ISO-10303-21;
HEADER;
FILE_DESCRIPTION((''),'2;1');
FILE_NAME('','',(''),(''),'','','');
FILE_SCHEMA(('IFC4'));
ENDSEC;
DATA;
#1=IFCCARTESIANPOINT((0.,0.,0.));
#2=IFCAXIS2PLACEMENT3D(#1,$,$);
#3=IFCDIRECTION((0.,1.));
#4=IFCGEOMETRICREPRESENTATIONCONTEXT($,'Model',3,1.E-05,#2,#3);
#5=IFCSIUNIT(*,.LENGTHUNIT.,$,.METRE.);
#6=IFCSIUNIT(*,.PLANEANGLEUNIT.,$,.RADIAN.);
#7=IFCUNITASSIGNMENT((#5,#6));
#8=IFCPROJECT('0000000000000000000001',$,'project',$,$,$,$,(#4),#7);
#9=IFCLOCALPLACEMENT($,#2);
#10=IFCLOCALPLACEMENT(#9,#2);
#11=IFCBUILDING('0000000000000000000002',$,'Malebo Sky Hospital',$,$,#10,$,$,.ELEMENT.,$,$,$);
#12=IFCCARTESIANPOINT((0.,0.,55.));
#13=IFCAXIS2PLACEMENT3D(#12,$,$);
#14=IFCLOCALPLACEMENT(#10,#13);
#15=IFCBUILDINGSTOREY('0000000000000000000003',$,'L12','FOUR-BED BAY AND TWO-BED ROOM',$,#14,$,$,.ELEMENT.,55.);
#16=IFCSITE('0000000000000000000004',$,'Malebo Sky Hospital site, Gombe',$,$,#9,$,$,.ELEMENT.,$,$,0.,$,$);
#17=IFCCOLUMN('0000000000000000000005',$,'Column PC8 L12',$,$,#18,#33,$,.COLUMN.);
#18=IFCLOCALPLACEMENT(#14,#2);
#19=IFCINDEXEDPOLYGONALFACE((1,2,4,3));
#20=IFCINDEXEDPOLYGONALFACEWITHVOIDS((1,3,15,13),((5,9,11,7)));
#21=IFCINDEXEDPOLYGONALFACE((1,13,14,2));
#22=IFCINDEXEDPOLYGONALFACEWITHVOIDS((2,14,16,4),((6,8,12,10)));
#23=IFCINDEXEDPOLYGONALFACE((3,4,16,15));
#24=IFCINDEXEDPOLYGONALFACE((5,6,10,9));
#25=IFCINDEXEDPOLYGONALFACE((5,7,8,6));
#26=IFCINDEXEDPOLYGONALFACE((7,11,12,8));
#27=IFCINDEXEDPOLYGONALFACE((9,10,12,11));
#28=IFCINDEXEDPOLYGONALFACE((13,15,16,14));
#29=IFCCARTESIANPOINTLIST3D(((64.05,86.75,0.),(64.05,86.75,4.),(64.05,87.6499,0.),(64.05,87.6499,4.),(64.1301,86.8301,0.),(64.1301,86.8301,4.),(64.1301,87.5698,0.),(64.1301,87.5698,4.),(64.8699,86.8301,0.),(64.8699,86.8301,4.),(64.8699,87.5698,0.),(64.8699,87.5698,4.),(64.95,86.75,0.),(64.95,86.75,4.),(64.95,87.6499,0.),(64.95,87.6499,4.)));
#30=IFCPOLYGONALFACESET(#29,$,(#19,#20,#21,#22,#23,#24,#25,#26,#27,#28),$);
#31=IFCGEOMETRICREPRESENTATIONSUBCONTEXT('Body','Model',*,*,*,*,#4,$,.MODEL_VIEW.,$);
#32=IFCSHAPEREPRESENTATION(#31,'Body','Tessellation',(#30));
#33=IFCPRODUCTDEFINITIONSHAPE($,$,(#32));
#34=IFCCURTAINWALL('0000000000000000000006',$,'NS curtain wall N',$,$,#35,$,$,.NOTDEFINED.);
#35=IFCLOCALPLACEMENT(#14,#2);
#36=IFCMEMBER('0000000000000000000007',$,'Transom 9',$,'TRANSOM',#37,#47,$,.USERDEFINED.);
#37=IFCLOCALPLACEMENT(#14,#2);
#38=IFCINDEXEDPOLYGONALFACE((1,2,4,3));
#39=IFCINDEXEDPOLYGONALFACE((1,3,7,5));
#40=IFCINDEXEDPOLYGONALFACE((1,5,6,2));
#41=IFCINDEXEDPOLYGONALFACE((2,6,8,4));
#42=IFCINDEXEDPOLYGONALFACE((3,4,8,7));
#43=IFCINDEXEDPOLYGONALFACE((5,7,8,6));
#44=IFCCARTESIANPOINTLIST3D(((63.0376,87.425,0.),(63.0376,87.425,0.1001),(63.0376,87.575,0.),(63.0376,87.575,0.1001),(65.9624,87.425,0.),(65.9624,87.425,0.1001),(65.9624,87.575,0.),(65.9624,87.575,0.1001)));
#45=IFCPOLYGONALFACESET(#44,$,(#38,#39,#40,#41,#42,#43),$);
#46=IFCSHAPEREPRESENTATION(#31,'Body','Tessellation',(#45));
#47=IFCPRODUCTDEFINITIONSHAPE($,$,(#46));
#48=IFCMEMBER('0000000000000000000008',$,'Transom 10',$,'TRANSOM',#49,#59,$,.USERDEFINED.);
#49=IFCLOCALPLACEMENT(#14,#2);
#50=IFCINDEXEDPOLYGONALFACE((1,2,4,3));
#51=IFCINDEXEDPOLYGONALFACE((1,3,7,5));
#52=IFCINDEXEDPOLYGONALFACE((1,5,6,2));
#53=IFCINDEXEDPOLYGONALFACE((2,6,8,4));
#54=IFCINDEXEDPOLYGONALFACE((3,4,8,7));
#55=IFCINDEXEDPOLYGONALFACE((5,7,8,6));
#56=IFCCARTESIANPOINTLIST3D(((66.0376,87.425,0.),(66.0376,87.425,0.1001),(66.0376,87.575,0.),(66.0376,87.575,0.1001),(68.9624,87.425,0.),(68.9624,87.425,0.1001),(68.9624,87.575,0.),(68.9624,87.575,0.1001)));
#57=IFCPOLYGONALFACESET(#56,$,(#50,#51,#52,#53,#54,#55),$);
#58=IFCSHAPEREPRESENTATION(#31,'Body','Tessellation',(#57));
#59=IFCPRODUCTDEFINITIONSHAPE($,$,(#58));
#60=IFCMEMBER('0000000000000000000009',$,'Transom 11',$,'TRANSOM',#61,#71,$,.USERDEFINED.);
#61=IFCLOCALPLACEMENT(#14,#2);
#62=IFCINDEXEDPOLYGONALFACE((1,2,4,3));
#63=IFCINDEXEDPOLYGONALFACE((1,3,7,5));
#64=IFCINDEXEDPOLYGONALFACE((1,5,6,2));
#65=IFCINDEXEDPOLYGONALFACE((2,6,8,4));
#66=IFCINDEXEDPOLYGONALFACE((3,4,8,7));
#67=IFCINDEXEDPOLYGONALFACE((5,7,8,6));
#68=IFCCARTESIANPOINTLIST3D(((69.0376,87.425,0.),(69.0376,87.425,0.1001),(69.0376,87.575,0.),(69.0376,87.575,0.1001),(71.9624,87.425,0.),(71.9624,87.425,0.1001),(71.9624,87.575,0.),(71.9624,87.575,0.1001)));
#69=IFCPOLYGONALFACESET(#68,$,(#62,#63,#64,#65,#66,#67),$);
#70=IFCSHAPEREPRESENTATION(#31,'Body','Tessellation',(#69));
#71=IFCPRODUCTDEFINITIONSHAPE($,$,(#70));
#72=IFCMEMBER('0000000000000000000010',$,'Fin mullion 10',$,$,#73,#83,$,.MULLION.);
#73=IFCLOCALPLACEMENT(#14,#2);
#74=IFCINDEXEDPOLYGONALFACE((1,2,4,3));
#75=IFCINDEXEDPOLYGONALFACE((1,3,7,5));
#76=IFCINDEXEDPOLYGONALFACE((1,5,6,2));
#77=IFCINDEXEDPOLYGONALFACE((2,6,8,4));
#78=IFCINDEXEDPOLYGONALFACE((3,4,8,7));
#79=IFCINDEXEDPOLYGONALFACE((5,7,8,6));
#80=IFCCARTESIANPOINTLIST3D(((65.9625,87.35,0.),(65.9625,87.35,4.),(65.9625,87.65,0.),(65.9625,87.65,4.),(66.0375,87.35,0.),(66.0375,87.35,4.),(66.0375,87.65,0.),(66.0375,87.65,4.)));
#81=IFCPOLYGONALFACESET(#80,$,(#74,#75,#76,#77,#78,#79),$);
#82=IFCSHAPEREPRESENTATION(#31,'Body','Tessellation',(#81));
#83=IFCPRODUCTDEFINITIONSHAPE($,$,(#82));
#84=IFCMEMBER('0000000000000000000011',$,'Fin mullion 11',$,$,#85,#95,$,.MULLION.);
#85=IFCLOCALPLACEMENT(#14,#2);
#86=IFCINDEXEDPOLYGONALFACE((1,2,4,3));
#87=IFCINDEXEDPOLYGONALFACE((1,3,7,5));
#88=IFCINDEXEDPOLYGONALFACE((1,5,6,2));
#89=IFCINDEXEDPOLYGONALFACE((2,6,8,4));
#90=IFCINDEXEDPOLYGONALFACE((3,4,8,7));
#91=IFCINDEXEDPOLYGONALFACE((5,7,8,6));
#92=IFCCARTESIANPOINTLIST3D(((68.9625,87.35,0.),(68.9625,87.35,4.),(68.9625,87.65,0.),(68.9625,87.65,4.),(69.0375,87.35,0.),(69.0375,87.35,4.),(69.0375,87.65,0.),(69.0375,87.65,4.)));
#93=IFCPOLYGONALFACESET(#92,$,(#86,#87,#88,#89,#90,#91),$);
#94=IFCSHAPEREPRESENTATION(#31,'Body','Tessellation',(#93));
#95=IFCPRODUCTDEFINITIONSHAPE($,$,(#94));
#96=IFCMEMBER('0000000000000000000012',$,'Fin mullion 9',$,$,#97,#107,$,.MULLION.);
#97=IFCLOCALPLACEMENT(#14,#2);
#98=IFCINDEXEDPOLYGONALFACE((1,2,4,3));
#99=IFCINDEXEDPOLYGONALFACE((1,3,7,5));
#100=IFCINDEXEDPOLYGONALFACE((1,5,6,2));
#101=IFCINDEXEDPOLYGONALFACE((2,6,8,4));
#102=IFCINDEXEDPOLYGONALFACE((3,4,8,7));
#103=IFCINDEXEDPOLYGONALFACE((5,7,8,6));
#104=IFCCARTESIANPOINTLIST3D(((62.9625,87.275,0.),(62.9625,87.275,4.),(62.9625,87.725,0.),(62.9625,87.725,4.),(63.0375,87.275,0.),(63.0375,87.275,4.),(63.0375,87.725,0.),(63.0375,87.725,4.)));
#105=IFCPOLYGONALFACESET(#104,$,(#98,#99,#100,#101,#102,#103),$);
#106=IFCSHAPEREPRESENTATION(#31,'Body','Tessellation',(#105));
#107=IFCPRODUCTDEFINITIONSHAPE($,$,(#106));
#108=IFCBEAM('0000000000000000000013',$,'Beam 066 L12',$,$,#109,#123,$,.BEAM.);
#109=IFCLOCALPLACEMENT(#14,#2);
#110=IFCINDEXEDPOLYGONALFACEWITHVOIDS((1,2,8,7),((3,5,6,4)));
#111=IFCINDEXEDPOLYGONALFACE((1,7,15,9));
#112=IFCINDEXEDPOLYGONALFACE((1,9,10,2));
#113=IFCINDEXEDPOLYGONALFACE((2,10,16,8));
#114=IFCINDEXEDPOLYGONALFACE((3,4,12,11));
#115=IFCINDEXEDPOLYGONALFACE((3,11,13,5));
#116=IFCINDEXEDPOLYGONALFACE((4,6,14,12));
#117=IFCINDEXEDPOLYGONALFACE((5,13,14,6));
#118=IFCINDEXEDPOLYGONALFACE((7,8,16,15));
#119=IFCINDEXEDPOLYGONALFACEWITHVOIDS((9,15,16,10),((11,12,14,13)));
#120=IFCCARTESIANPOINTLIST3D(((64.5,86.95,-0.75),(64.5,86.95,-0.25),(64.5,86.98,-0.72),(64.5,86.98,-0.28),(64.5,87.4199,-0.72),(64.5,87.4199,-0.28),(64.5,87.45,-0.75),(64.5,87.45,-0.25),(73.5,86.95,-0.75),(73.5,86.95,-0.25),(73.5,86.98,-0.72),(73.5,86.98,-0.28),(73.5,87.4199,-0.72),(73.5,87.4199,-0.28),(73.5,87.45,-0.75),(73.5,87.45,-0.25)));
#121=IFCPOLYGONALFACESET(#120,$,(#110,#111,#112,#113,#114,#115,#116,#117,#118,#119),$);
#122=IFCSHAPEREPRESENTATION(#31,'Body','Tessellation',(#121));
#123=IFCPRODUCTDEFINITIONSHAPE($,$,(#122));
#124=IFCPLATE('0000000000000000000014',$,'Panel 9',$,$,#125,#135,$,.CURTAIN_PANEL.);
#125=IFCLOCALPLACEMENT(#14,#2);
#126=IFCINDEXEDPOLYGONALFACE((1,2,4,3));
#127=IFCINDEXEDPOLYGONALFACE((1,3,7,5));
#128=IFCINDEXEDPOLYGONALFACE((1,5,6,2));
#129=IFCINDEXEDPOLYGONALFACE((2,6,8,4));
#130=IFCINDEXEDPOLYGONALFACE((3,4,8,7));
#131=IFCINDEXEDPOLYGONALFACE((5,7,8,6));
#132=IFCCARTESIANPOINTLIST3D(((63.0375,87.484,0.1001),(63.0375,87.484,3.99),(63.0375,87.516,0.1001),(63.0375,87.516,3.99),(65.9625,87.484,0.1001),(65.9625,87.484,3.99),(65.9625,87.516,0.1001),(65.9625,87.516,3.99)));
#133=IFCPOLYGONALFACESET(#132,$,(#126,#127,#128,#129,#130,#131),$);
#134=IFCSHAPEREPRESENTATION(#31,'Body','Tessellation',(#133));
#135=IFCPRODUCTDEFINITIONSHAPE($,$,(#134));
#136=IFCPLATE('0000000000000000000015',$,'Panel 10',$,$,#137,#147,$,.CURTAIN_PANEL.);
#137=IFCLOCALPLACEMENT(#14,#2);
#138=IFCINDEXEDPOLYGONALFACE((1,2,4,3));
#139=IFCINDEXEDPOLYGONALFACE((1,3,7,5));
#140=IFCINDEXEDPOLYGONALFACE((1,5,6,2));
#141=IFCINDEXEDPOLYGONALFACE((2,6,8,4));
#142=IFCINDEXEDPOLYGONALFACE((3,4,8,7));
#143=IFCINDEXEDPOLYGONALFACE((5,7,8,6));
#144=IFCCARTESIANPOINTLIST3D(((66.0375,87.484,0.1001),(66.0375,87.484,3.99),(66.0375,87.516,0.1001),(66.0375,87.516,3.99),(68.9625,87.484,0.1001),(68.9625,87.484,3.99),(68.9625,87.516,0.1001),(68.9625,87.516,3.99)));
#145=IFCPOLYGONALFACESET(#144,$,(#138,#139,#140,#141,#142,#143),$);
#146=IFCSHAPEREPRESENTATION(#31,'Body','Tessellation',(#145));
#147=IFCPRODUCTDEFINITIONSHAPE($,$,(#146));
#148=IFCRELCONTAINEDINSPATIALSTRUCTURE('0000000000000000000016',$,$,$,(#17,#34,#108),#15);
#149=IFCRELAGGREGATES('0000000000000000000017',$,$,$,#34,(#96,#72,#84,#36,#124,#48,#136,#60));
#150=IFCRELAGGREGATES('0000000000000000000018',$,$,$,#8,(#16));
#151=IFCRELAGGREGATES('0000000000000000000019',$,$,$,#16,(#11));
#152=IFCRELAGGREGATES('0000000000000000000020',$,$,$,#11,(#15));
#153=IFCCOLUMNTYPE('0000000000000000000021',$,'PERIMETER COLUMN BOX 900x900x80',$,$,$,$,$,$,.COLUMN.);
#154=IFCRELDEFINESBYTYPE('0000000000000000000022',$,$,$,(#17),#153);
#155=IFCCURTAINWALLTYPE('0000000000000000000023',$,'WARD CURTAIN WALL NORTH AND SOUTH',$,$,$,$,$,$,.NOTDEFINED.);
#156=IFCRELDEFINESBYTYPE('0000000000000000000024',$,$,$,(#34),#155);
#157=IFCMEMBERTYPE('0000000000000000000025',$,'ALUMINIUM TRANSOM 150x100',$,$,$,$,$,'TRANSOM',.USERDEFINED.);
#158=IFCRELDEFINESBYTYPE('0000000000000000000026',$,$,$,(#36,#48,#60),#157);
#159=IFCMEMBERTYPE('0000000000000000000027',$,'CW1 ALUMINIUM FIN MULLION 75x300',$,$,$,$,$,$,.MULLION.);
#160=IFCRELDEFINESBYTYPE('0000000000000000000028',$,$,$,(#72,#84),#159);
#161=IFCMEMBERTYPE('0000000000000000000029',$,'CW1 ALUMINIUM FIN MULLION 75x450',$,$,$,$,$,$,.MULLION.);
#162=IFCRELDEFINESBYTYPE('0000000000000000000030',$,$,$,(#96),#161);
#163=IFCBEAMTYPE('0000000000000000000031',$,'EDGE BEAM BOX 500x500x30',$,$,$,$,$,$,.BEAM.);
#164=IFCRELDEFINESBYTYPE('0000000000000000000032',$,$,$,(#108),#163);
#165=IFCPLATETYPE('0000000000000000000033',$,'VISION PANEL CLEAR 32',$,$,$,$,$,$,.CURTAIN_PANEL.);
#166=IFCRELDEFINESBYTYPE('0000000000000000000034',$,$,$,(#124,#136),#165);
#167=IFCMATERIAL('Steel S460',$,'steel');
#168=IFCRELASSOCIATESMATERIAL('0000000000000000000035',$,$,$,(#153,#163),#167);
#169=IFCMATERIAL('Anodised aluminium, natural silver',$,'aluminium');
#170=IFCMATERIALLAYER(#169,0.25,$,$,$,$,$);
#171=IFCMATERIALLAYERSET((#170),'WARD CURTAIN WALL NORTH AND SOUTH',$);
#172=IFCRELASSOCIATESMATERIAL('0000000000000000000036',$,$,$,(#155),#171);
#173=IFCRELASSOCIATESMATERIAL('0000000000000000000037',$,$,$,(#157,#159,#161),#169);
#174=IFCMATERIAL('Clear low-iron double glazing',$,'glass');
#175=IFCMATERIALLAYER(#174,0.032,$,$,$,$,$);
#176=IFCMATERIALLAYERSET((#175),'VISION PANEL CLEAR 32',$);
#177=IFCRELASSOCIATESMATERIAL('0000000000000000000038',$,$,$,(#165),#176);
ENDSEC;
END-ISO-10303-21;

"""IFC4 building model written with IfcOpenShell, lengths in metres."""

from ifc_helpers import new_model, si_unit, direction, frame, origin, origin_2d, place, context, subcontext, project, spatial, rectangle, hollow_rectangle, extrude, material, layer, layer_set, material_profile, profile_set, type_object, element, aggregate, save


model = new_model("IFC4")

# Units and contexts
model_context = context("Model", 3, precision=1e-05, world=origin(), true_north=direction((0.0, 1.0)))
body_context = subcontext(model_context, "Body", "Model", "MODEL_VIEW")
ifc_project = project(units=[si_unit("LENGTHUNIT", "METRE"), si_unit("PLANEANGLEUNIT", "RADIAN")], contexts=[model_context])

# Site, building, storey
site_placement = place(None, origin())
site = spatial("IfcSite", under=ifc_project, at=site_placement, Name="Malebo Sky Hospital site, Gombe", CompositionType="ELEMENT", RefElevation=0.0)
building_placement = place(site_placement, origin())
building = spatial("IfcBuilding", under=site, at=building_placement, Name="Malebo Sky Hospital", CompositionType="ELEMENT")
storey_placement = place(building_placement, frame((0.0, 0.0, 55.0)))
storey = spatial("IfcBuildingStorey", under=building, at=storey_placement, Name="L12", Description="FOUR-BED BAY AND TWO-BED ROOM", CompositionType="ELEMENT", Elevation=55.0)

# Column
ifc_material_1 = material(Name="Steel S460", Category="steel")
ifc_material_profile_1 = material_profile(ifc_material_1, hollow_rectangle(XDim=0.8999, YDim=0.8999, WallThickness=0.0801, at=origin_2d()), Name="BOX 900x900x80")
ifc_profile_set_1 = profile_set([ifc_material_profile_1], Name="Steel S460")
column_type = type_object("IfcColumnType", Name="PERIMETER COLUMN BOX 900x900x80", PredefinedType="COLUMN", material=ifc_profile_set_1)
column_placement = place(storey_placement, frame((64.5, 87.2, 0.0), z_axis=(0.0, 0.0, 1.0), x_axis=(1.0, 0.0, 0.0)))
element("IfcColumn", 1, at=column_placement, inside=storey, type_object=column_type, Name="Column PC8 L12", PredefinedType="COLUMN", context=body_context, shape_type="SweptSolid", body=[
    extrude(hollow_rectangle(XDim=0.8999, YDim=0.8999, WallThickness=0.0801, at=origin_2d()), origin(), (0.0, 0.0, 1.0), 4.0),
])

# Curtain wall, members
ifc_material_2 = material(Name="Anodised aluminium, natural silver", Category="aluminium")
ifc_layer_1 = layer(ifc_material_2, 0.25)
ifc_layer_set_1 = layer_set([ifc_layer_1], Name="WARD CURTAIN WALL NORTH AND SOUTH")
curtain_wall_type = type_object("IfcCurtainWallType", Name="WARD CURTAIN WALL NORTH AND SOUTH", PredefinedType="NOTDEFINED", material=ifc_layer_set_1)
curtain_wall_placement = place(storey_placement, origin())
curtain_wall = element("IfcCurtainWall", 2, at=curtain_wall_placement, inside=storey, type_object=curtain_wall_type, Name="NS curtain wall N", PredefinedType="NOTDEFINED")
ifc_material_profile_2 = material_profile(ifc_material_2, rectangle(XDim=0.1499, YDim=0.1001, at=origin_2d()), Name="ALUMINIUM TRANSOM 150x100")
ifc_profile_set_2 = profile_set([ifc_material_profile_2], Name="Anodised aluminium, natural silver")
member_type_1 = type_object("IfcMemberType", Name="ALUMINIUM TRANSOM 150x100", ElementType="TRANSOM", PredefinedType="USERDEFINED", material=ifc_profile_set_2)
member_1_placement = place(storey_placement, frame((63.0376, 87.5, 0.05), z_axis=(1.0, 0.0, 0.0), x_axis=(0.0, 1.0, 0.0)))
member_1 = element("IfcMember", 3, at=member_1_placement, type_object=member_type_1, Name="Transom 9", ObjectType="TRANSOM", PredefinedType="USERDEFINED", context=body_context, shape_type="SweptSolid", body=[
    extrude(rectangle(XDim=0.1499, YDim=0.1001, at=origin_2d()), origin(), (0.0, 0.0, 1.0), 2.9248),
])
member_2_placement = place(storey_placement, frame((66.0376, 87.5, 0.05), z_axis=(1.0, 0.0, 0.0), x_axis=(0.0, 1.0, 0.0)))
member_2 = element("IfcMember", 4, at=member_2_placement, type_object=member_type_1, Name="Transom 10", ObjectType="TRANSOM", PredefinedType="USERDEFINED", context=body_context, shape_type="SweptSolid", body=[
    extrude(rectangle(XDim=0.1499, YDim=0.1001, at=origin_2d()), origin(), (0.0, 0.0, 1.0), 2.9248),
])
member_3_placement = place(storey_placement, frame((69.0376, 87.5, 0.05), z_axis=(1.0, 0.0, 0.0), x_axis=(0.0, 1.0, 0.0)))
member_3 = element("IfcMember", 5, at=member_3_placement, type_object=member_type_1, Name="Transom 11", ObjectType="TRANSOM", PredefinedType="USERDEFINED", context=body_context, shape_type="SweptSolid", body=[
    extrude(rectangle(XDim=0.1499, YDim=0.1001, at=origin_2d()), origin(), (0.0, 0.0, 1.0), 2.9248),
])
ifc_material_profile_3 = material_profile(ifc_material_2, rectangle(XDim=0.075, YDim=0.3, at=origin_2d()), Name="CW1 ALUMINIUM FIN MULLION 75x300")
ifc_profile_set_3 = profile_set([ifc_material_profile_3], Name="Anodised aluminium, natural silver")
member_type_2 = type_object("IfcMemberType", Name="CW1 ALUMINIUM FIN MULLION 75x300", PredefinedType="MULLION", material=ifc_profile_set_3)
member_4_placement = place(storey_placement, frame((66.0, 87.5, 0.0), z_axis=(0.0, 0.0, 1.0), x_axis=(1.0, 0.0, 0.0)))
member_4 = element("IfcMember", 6, at=member_4_placement, type_object=member_type_2, Name="Fin mullion 10", PredefinedType="MULLION", context=body_context, shape_type="SweptSolid", body=[
    extrude(rectangle(XDim=0.075, YDim=0.3, at=origin_2d()), origin(), (0.0, 0.0, 1.0), 4.0),
])
member_5_placement = place(storey_placement, frame((69.0, 87.5, 0.0), z_axis=(0.0, 0.0, 1.0), x_axis=(1.0, 0.0, 0.0)))
member_5 = element("IfcMember", 7, at=member_5_placement, type_object=member_type_2, Name="Fin mullion 11", PredefinedType="MULLION", context=body_context, shape_type="SweptSolid", body=[
    extrude(rectangle(XDim=0.075, YDim=0.3, at=origin_2d()), origin(), (0.0, 0.0, 1.0), 4.0),
])
ifc_material_profile_4 = material_profile(ifc_material_2, rectangle(XDim=0.075, YDim=0.45, at=origin_2d()), Name="CW1 ALUMINIUM FIN MULLION 75x450")
ifc_profile_set_4 = profile_set([ifc_material_profile_4], Name="Anodised aluminium, natural silver")
member_type_3 = type_object("IfcMemberType", Name="CW1 ALUMINIUM FIN MULLION 75x450", PredefinedType="MULLION", material=ifc_profile_set_4)
member_6_placement = place(storey_placement, frame((63.0, 87.5, 0.0), z_axis=(0.0, 0.0, 1.0), x_axis=(1.0, 0.0, 0.0)))
member_6 = element("IfcMember", 8, at=member_6_placement, type_object=member_type_3, Name="Fin mullion 9", PredefinedType="MULLION", context=body_context, shape_type="SweptSolid", body=[
    extrude(rectangle(XDim=0.075, YDim=0.45, at=origin_2d()), origin(), (0.0, 0.0, 1.0), 4.0),
])

# Beam
ifc_material_profile_5 = material_profile(ifc_material_1, hollow_rectangle(XDim=0.5, YDim=0.5, WallThickness=0.03, at=origin_2d()), Name="BOX 500x500x30")
ifc_profile_set_5 = profile_set([ifc_material_profile_5], Name="Steel S460")
beam_type = type_object("IfcBeamType", Name="EDGE BEAM BOX 500x500x30", PredefinedType="BEAM", material=ifc_profile_set_5)
beam_placement = place(storey_placement, frame((64.5, 87.2, -0.5), z_axis=(1.0, 0.0, 0.0), x_axis=(0.0, 1.0, 0.0)))
element("IfcBeam", 9, at=beam_placement, inside=storey, type_object=beam_type, Name="Beam 066 L12", PredefinedType="BEAM", context=body_context, shape_type="SweptSolid", body=[
    extrude(hollow_rectangle(XDim=0.5, YDim=0.5, WallThickness=0.03, at=origin_2d()), origin(), (0.0, 0.0, 1.0), 9.0),
])

# Plates
ifc_material_3 = material(Name="Clear low-iron double glazing", Category="glass")
ifc_layer_2 = layer(ifc_material_3, 0.032)
ifc_layer_set_2 = layer_set([ifc_layer_2], Name="VISION PANEL CLEAR 32")
plate_type = type_object("IfcPlateType", Name="VISION PANEL CLEAR 32", PredefinedType="CURTAIN_PANEL", material=ifc_layer_set_2)
plate_1_placement = place(storey_placement, frame((64.5, 87.5, 0.1001), z_axis=(0.0, 0.0, 1.0), x_axis=(1.0, 0.0, 0.0)))
plate_1 = element("IfcPlate", 10, at=plate_1_placement, type_object=plate_type, Name="Panel 9", PredefinedType="CURTAIN_PANEL", context=body_context, shape_type="SweptSolid", body=[
    extrude(rectangle(XDim=2.925, YDim=0.032, at=origin_2d()), origin(), (0.0, 0.0, 1.0), 3.8899),
])
plate_2_placement = place(storey_placement, frame((67.5, 87.5, 0.1001), z_axis=(0.0, 0.0, 1.0), x_axis=(1.0, 0.0, 0.0)))
plate_2 = element("IfcPlate", 11, at=plate_2_placement, type_object=plate_type, Name="Panel 10", PredefinedType="CURTAIN_PANEL", context=body_context, shape_type="SweptSolid", body=[
    extrude(rectangle(XDim=2.925, YDim=0.032, at=origin_2d()), origin(), (0.0, 0.0, 1.0), 3.8899),
])
aggregate(curtain_wall, [member_6, member_4, member_5, member_1, plate_1, member_2, plate_2, member_3])

save(model, "model.ifc")
